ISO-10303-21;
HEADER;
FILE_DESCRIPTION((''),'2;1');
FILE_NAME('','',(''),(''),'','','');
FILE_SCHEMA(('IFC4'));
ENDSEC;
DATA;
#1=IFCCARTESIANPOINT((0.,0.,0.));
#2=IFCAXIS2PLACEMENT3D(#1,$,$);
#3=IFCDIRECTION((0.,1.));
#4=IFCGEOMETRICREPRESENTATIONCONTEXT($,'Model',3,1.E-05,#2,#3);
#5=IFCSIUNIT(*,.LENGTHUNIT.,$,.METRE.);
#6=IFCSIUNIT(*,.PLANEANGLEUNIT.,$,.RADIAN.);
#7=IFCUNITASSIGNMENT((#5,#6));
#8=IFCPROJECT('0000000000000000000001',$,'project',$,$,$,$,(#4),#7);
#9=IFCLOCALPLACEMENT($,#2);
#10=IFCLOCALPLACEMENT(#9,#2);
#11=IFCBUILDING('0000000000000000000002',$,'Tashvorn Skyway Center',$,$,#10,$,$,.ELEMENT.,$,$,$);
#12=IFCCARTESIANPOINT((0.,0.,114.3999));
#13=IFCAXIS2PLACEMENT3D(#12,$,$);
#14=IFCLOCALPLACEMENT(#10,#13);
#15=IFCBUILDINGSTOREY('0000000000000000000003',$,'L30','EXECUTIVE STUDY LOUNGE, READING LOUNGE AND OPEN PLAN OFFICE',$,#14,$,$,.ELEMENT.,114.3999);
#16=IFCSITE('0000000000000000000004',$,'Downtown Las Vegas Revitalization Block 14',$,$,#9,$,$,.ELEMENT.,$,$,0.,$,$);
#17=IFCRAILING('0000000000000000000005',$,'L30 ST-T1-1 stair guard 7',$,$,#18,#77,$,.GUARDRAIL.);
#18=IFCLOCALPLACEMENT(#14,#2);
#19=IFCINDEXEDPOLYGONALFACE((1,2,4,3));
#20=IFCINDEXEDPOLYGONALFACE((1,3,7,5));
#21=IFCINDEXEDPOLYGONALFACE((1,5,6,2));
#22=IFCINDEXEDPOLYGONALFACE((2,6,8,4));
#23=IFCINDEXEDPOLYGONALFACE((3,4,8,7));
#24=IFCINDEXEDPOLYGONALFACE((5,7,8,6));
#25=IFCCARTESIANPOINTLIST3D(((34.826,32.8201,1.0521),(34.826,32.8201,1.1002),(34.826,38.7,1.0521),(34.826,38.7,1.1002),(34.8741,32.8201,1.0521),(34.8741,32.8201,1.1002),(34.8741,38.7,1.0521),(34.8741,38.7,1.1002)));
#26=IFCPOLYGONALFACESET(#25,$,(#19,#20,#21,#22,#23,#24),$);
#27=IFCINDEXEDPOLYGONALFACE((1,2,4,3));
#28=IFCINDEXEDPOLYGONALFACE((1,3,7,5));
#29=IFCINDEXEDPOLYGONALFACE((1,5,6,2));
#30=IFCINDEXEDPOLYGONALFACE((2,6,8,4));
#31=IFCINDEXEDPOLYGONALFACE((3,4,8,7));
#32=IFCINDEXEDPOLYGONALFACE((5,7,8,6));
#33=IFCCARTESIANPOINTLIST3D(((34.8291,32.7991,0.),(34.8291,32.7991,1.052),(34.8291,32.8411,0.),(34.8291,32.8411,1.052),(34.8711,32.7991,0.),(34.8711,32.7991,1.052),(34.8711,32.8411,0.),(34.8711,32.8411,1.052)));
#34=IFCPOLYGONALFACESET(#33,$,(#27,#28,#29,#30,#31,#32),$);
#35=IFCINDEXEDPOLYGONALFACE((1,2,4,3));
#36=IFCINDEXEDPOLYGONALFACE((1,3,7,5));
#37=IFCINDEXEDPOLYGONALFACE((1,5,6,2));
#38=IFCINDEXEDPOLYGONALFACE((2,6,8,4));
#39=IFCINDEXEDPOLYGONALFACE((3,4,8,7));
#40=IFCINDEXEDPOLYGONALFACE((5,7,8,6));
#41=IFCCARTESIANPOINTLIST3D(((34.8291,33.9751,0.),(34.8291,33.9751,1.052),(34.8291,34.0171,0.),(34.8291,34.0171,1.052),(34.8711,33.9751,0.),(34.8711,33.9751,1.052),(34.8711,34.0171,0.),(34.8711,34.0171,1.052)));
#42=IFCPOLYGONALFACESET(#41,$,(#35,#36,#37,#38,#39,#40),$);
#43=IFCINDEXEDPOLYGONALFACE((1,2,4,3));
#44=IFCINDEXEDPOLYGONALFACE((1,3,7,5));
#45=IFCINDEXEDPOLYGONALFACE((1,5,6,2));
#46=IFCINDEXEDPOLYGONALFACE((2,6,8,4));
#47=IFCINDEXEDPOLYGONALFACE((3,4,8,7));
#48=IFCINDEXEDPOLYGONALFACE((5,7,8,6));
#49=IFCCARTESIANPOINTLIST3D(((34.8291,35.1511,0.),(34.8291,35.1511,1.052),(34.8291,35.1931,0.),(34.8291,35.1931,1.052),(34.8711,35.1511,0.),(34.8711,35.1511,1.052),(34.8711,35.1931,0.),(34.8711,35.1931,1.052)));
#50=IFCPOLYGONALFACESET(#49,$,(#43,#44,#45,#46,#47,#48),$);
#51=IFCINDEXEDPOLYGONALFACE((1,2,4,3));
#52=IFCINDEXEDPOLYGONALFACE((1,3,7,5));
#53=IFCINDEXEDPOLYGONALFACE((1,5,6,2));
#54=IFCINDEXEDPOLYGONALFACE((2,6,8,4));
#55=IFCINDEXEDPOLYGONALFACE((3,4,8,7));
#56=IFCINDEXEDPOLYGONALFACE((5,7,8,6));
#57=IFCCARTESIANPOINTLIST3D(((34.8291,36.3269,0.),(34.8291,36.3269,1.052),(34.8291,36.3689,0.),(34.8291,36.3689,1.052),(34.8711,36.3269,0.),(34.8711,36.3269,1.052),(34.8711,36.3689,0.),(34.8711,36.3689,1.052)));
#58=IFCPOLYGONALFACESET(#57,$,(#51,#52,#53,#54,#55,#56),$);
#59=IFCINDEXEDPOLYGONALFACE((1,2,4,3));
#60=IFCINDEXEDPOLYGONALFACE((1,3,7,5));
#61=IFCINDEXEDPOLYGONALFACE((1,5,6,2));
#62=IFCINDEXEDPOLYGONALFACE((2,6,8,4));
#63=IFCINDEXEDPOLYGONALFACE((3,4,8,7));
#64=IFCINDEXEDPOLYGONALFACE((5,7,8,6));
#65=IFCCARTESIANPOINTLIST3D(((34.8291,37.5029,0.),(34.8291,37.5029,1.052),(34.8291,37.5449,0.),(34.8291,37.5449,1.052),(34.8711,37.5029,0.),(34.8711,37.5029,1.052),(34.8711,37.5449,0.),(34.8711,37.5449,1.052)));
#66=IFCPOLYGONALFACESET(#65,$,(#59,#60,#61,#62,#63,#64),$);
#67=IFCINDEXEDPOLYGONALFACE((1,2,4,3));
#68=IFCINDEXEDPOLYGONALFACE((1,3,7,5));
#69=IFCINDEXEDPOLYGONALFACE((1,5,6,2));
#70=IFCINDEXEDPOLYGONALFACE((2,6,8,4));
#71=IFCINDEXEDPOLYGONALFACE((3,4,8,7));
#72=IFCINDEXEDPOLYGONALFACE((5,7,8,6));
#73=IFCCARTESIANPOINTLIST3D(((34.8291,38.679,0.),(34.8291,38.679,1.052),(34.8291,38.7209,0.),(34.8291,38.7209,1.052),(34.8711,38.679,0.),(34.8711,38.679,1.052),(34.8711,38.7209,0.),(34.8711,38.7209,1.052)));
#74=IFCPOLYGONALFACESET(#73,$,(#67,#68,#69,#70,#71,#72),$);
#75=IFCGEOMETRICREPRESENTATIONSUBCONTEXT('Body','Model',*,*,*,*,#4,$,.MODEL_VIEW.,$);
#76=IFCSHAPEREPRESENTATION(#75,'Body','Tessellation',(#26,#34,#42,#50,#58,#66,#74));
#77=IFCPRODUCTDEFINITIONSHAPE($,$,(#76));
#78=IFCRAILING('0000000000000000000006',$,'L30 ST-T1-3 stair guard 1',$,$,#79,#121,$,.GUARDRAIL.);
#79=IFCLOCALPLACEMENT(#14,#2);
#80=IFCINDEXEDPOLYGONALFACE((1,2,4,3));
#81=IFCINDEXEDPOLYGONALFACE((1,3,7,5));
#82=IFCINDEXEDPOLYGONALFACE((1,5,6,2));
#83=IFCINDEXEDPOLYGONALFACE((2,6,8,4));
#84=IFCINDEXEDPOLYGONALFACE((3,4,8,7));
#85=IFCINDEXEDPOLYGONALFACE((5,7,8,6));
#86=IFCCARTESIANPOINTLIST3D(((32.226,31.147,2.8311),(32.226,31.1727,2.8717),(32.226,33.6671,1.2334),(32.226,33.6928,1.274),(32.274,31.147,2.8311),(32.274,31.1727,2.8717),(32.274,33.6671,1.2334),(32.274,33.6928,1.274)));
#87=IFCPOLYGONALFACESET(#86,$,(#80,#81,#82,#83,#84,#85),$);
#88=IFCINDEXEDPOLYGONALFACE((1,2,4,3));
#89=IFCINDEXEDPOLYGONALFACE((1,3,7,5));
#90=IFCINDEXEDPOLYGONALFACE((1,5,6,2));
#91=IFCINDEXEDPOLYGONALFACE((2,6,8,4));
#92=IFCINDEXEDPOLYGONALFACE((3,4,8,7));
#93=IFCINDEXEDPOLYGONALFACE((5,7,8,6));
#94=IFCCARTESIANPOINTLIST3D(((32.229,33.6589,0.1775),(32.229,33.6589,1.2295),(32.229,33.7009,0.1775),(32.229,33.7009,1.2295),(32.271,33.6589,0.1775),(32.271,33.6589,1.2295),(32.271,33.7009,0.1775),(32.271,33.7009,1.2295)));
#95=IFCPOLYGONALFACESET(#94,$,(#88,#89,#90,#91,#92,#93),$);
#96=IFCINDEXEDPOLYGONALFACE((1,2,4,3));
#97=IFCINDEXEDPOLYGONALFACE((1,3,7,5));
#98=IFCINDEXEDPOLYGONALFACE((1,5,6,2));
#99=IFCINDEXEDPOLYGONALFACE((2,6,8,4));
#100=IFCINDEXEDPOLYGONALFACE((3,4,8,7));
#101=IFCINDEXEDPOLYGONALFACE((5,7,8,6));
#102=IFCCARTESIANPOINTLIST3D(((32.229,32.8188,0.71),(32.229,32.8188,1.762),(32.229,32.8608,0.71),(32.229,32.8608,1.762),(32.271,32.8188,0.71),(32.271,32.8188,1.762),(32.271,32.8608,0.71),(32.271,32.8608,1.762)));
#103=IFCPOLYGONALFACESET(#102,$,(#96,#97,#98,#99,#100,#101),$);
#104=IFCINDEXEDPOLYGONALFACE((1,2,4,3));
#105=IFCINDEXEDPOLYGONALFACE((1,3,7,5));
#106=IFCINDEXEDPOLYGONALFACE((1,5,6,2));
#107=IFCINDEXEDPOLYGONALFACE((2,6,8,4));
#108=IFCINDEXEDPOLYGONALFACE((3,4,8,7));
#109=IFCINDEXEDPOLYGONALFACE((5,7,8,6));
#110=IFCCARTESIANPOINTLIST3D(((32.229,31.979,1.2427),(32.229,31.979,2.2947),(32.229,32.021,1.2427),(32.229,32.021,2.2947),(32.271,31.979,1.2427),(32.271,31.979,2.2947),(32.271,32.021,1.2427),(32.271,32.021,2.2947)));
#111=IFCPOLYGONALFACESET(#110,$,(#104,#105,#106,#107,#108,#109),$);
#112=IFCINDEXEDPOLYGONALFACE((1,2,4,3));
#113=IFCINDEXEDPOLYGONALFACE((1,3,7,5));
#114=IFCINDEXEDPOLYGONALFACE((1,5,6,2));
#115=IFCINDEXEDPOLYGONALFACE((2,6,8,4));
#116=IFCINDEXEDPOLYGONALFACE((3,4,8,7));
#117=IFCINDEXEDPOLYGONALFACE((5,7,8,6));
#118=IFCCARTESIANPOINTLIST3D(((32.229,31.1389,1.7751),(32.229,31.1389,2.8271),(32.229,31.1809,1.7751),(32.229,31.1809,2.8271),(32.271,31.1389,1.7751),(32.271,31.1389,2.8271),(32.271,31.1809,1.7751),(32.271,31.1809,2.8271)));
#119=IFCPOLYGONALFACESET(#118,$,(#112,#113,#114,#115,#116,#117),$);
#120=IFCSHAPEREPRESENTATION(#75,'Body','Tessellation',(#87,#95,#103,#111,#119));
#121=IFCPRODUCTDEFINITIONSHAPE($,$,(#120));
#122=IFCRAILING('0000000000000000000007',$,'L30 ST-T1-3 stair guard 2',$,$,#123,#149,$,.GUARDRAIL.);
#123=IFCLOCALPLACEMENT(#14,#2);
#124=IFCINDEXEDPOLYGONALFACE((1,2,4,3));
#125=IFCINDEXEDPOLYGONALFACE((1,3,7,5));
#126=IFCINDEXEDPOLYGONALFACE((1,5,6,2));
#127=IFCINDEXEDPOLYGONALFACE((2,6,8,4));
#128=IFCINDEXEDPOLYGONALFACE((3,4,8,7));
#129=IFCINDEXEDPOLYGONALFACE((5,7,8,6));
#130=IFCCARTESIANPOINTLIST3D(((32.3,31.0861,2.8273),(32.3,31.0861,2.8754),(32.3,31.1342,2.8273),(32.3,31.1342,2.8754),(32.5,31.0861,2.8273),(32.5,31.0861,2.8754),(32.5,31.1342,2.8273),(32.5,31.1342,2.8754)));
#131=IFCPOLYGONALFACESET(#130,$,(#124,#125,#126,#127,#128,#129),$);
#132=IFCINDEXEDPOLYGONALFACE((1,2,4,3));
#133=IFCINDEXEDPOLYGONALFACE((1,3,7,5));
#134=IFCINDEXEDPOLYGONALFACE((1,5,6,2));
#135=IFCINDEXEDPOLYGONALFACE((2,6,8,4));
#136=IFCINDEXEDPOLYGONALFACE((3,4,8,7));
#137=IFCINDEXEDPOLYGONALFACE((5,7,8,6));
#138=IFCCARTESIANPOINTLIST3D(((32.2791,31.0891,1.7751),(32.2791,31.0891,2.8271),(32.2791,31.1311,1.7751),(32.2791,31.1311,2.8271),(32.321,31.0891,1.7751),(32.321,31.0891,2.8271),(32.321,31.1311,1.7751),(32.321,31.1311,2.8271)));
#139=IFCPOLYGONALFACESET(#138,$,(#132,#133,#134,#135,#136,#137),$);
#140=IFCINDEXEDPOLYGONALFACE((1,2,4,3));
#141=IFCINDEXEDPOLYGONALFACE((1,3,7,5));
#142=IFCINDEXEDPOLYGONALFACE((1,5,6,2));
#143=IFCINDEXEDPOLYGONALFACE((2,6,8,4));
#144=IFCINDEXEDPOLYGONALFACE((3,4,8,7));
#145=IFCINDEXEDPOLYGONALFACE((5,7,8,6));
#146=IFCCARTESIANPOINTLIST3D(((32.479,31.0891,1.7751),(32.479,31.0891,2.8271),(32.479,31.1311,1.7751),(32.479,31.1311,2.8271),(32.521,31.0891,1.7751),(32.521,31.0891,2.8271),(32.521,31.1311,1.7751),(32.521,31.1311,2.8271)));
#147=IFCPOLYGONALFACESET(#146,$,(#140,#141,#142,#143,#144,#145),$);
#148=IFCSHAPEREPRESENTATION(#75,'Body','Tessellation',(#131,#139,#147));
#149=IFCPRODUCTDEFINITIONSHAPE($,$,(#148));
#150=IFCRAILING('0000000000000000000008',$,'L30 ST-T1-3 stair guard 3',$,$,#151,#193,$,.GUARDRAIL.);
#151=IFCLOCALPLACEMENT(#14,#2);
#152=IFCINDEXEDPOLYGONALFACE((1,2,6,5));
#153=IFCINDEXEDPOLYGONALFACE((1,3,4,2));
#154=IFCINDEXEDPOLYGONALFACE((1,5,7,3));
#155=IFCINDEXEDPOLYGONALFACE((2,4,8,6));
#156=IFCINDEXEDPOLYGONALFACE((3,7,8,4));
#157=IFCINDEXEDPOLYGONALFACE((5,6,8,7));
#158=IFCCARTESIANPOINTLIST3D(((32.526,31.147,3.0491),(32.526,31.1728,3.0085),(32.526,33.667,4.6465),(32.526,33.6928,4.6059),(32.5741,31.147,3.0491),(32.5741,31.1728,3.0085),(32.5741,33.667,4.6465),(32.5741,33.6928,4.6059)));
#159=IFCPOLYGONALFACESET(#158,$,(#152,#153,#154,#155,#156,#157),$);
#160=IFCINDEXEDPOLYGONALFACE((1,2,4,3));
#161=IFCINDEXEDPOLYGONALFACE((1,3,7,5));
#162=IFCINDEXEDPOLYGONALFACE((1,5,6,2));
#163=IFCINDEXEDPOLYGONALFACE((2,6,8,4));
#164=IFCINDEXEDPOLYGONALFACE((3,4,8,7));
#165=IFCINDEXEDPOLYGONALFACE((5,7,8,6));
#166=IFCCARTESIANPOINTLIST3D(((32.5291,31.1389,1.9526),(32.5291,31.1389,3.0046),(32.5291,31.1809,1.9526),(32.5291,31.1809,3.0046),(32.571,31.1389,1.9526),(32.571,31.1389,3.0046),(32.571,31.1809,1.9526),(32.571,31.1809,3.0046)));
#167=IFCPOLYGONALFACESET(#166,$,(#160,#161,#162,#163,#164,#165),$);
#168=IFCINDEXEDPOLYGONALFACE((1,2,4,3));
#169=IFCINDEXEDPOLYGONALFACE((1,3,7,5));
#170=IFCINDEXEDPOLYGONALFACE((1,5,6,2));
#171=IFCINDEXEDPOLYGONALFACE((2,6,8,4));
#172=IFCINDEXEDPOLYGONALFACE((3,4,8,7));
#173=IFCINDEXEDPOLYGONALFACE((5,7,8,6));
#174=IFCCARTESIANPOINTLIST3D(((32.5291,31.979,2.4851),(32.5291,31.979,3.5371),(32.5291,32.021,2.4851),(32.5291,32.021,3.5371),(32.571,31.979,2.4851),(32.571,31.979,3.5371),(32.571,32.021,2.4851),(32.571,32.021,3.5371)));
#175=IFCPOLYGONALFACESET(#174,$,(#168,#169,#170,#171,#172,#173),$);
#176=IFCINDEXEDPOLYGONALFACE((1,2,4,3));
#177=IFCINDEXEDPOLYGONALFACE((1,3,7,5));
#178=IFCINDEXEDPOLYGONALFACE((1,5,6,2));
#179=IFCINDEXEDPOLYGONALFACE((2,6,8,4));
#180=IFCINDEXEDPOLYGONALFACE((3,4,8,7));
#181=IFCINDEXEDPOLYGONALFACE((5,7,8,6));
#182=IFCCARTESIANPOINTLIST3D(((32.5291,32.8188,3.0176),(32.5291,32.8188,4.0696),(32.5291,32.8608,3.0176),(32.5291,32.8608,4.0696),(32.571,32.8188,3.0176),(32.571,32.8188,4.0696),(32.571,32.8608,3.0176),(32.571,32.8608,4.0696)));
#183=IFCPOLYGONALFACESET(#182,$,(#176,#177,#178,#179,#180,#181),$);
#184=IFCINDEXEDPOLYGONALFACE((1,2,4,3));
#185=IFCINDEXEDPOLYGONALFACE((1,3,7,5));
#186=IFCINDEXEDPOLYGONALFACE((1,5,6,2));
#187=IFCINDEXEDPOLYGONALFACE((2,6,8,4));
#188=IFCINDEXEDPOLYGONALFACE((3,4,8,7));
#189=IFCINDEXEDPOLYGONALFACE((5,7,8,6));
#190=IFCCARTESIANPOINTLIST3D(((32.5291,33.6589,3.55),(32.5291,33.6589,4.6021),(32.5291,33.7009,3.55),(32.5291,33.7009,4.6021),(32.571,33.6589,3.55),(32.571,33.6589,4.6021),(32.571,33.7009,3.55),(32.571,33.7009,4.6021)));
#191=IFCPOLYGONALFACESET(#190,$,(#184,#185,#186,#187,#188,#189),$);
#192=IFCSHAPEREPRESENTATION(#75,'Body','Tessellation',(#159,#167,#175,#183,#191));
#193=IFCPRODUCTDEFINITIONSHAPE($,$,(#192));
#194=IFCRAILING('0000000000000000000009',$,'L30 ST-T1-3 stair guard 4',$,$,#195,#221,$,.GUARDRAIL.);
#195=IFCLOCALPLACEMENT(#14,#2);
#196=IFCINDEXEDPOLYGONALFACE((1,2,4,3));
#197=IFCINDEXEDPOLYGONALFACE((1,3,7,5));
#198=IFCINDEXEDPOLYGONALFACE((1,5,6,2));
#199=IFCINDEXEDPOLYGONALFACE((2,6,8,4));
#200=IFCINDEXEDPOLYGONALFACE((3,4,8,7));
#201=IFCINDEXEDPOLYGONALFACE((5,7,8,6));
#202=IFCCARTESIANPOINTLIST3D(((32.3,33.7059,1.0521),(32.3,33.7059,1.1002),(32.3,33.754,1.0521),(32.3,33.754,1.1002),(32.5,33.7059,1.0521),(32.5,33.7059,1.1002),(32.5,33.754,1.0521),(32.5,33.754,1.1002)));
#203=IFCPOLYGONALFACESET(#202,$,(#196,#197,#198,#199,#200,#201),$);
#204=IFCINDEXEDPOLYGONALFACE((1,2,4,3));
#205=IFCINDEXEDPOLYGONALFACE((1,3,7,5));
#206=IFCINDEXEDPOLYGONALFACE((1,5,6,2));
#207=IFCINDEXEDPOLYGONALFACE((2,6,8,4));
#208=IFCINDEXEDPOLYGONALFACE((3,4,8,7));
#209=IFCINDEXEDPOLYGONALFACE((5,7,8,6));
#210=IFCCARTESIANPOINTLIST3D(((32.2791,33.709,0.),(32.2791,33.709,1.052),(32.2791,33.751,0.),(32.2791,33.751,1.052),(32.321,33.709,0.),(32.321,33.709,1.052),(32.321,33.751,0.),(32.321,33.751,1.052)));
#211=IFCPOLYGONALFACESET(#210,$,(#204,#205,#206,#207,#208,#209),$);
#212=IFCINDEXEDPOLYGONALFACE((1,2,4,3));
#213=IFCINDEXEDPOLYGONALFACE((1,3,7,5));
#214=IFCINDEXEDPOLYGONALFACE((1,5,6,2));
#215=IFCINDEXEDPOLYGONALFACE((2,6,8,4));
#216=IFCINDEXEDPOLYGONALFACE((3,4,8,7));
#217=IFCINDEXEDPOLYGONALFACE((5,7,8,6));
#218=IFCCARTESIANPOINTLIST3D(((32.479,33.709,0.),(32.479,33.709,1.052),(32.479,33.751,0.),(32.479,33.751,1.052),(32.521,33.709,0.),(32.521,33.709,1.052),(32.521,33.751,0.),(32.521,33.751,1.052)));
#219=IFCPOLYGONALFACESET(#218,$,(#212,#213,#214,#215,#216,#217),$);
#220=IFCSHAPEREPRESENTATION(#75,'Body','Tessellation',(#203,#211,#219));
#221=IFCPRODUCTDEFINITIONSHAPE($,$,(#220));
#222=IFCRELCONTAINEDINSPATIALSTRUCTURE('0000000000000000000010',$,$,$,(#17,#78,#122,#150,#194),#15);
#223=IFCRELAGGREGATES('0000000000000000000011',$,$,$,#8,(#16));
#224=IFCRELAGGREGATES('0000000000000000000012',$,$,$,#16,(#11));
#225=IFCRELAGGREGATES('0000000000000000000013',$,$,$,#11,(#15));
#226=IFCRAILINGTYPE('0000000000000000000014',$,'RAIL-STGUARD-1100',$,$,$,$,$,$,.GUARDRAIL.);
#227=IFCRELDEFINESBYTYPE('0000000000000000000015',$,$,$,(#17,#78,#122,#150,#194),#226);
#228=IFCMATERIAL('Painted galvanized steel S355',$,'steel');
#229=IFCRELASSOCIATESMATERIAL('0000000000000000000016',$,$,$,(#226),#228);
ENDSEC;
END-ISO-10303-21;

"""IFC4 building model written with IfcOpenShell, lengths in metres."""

from ifc_helpers import new_model, si_unit, direction, frame, origin, origin_2d, place, context, subcontext, project, spatial, rectangle, extrude, material, type_object, element, save


model = new_model("IFC4")

# Units and contexts
model_context = context("Model", 3, precision=1e-05, world=origin(), true_north=direction((0.0, 1.0)))
body_context = subcontext(model_context, "Body", "Model", "MODEL_VIEW")
ifc_project = project(units=[si_unit("LENGTHUNIT", "METRE"), si_unit("PLANEANGLEUNIT", "RADIAN")], contexts=[model_context])

# Site, building, storey
site_placement = place(None, origin())
site = spatial("IfcSite", under=ifc_project, at=site_placement, Name="Downtown Las Vegas Revitalization Block 14", CompositionType="ELEMENT", RefElevation=0.0)
building_placement = place(site_placement, origin())
building = spatial("IfcBuilding", under=site, at=building_placement, Name="Tashvorn Skyway Center", CompositionType="ELEMENT")
storey_placement = place(building_placement, frame((0.0, 0.0, 114.3999)))
storey = spatial("IfcBuildingStorey", under=building, at=storey_placement, Name="L30", Description="EXECUTIVE STUDY LOUNGE, READING LOUNGE AND OPEN PLAN OFFICE", CompositionType="ELEMENT", Elevation=114.3999)

# Railings
ifc_material_1 = material(Name="Painted galvanized steel S355", Category="steel")
railing_type_1 = type_object("IfcRailingType", Name="RAIL-STGUARD-1100", PredefinedType="GUARDRAIL", material=ifc_material_1)
railing_1_placement = place(storey_placement, frame((34.8501, 32.8201, 0.0)))
element("IfcRailing", 1, at=railing_1_placement, inside=storey, type_object=railing_type_1, Name="L30 ST-T1-1 stair guard 7", PredefinedType="GUARDRAIL", context=body_context, shape_type="SweptSolid", body=[
    extrude(rectangle(XDim=0.0481, YDim=0.0481, at=origin_2d()), frame((0.0, 0.0, 1.0762), z_axis=(0.0, 1.0, 0.0), x_axis=(-1.0, 0.0, 0.0)), (0.0, 0.0, 1.0), 5.8799),
    extrude(rectangle(XDim=0.042, YDim=0.042, at=origin_2d()), origin(), (0.0, 0.0, 1.0), 1.052),
    extrude(rectangle(XDim=0.042, YDim=0.042, at=origin_2d()), frame((0.0, 1.176, 0.0)), (0.0, 0.0, 1.0), 1.052),
    extrude(rectangle(XDim=0.042, YDim=0.042, at=origin_2d()), frame((0.0, 2.3521, 0.0)), (0.0, 0.0, 1.0), 1.052),
    extrude(rectangle(XDim=0.042, YDim=0.042, at=origin_2d()), frame((0.0, 3.5278, 0.0)), (0.0, 0.0, 1.0), 1.052),
    extrude(rectangle(XDim=0.042, YDim=0.042, at=origin_2d()), frame((0.0, 4.7039, 0.0)), (0.0, 0.0, 1.0), 1.052),
    extrude(rectangle(XDim=0.042, YDim=0.042, at=origin_2d()), frame((0.0, 5.8799, 0.0)), (0.0, 0.0, 1.0), 1.052),
])
railing_2_placement = place(storey_placement, frame((32.25, 33.6799, 0.1775)))
element("IfcRailing", 2, at=railing_2_placement, inside=storey, type_object=railing_type_1, Name="L30 ST-T1-3 stair guard 1", PredefinedType="GUARDRAIL", context=body_context, shape_type="SweptSolid", body=[
    extrude(rectangle(XDim=0.0481, YDim=0.0481, at=origin_2d()), frame((0.0, 0.0, 1.0762), z_axis=(0.0, -0.84457, 0.535445), x_axis=(1.0, 0.0, 0.0)), (0.0, 0.0, 1.0), 2.9839),
    extrude(rectangle(XDim=0.042, YDim=0.042, at=origin_2d()), origin(), (0.0, 0.0, 1.0), 1.052),
    extrude(rectangle(XDim=0.042, YDim=0.042, at=origin_2d()), frame((0.0, -0.8401, 0.5325)), (0.0, 0.0, 1.0), 1.052),
    extrude(rectangle(XDim=0.042, YDim=0.042, at=origin_2d()), frame((0.0, -1.6799, 1.0652)), (0.0, 0.0, 1.0), 1.052),
    extrude(rectangle(XDim=0.042, YDim=0.042, at=origin_2d()), frame((0.0, -2.52, 1.5977)), (0.0, 0.0, 1.0), 1.052),
])
railing_3_placement = place(storey_placement, frame((32.3, 31.1101, 1.7751)))
element("IfcRailing", 3, at=railing_3_placement, inside=storey, type_object=railing_type_1, Name="L30 ST-T1-3 stair guard 2", PredefinedType="GUARDRAIL", context=body_context, shape_type="SweptSolid", body=[
    extrude(rectangle(XDim=0.0481, YDim=0.0481, at=origin_2d()), frame((0.0, 0.0, 1.0762), z_axis=(1.0, 0.0, 0.0), x_axis=(0.0, 1.0, 0.0)), (0.0, 0.0, 1.0), 0.2),
    extrude(rectangle(XDim=0.042, YDim=0.042, at=origin_2d()), origin(), (0.0, 0.0, 1.0), 1.052),
    extrude(rectangle(XDim=0.042, YDim=0.042, at=origin_2d()), frame((0.2, 0.0, 0.0)), (0.0, 0.0, 1.0), 1.052),
])
railing_4_placement = place(storey_placement, frame((32.55, 31.1599, 1.9526)))
element("IfcRailing", 4, at=railing_4_placement, inside=storey, type_object=railing_type_1, Name="L30 ST-T1-3 stair guard 3", PredefinedType="GUARDRAIL", context=body_context, shape_type="SweptSolid", body=[
    extrude(rectangle(XDim=0.0481, YDim=0.0481, at=origin_2d()), frame((0.0, 0.0, 1.0762), z_axis=(0.0, 0.844607, 0.535387), x_axis=(-1.0, 0.0, 0.0)), (0.0, 0.0, 1.0), 2.9836),
    extrude(rectangle(XDim=0.042, YDim=0.042, at=origin_2d()), origin(), (0.0, 0.0, 1.0), 1.052),
    extrude(rectangle(XDim=0.042, YDim=0.042, at=origin_2d()), frame((0.0, 0.8401, 0.5325)), (0.0, 0.0, 1.0), 1.052),
    extrude(rectangle(XDim=0.042, YDim=0.042, at=origin_2d()), frame((0.0, 1.6799, 1.0649)), (0.0, 0.0, 1.0), 1.052),
    extrude(rectangle(XDim=0.042, YDim=0.042, at=origin_2d()), frame((0.0, 2.52, 1.5974)), (0.0, 0.0, 1.0), 1.052),
])
railing_5_placement = place(storey_placement, frame((32.3, 33.73, 0.0)))
element("IfcRailing", 5, at=railing_5_placement, inside=storey, type_object=railing_type_1, Name="L30 ST-T1-3 stair guard 4", PredefinedType="GUARDRAIL", context=body_context, shape_type="SweptSolid", body=[
    extrude(rectangle(XDim=0.0481, YDim=0.0481, at=origin_2d()), frame((0.0, 0.0, 1.0762), z_axis=(1.0, 0.0, 0.0), x_axis=(0.0, 1.0, 0.0)), (0.0, 0.0, 1.0), 0.2),
    extrude(rectangle(XDim=0.042, YDim=0.042, at=origin_2d()), origin(), (0.0, 0.0, 1.0), 1.052),
    extrude(rectangle(XDim=0.042, YDim=0.042, at=origin_2d()), frame((0.2, 0.0, 0.0)), (0.0, 0.0, 1.0), 1.052),
])

save(model, "model.ifc")
